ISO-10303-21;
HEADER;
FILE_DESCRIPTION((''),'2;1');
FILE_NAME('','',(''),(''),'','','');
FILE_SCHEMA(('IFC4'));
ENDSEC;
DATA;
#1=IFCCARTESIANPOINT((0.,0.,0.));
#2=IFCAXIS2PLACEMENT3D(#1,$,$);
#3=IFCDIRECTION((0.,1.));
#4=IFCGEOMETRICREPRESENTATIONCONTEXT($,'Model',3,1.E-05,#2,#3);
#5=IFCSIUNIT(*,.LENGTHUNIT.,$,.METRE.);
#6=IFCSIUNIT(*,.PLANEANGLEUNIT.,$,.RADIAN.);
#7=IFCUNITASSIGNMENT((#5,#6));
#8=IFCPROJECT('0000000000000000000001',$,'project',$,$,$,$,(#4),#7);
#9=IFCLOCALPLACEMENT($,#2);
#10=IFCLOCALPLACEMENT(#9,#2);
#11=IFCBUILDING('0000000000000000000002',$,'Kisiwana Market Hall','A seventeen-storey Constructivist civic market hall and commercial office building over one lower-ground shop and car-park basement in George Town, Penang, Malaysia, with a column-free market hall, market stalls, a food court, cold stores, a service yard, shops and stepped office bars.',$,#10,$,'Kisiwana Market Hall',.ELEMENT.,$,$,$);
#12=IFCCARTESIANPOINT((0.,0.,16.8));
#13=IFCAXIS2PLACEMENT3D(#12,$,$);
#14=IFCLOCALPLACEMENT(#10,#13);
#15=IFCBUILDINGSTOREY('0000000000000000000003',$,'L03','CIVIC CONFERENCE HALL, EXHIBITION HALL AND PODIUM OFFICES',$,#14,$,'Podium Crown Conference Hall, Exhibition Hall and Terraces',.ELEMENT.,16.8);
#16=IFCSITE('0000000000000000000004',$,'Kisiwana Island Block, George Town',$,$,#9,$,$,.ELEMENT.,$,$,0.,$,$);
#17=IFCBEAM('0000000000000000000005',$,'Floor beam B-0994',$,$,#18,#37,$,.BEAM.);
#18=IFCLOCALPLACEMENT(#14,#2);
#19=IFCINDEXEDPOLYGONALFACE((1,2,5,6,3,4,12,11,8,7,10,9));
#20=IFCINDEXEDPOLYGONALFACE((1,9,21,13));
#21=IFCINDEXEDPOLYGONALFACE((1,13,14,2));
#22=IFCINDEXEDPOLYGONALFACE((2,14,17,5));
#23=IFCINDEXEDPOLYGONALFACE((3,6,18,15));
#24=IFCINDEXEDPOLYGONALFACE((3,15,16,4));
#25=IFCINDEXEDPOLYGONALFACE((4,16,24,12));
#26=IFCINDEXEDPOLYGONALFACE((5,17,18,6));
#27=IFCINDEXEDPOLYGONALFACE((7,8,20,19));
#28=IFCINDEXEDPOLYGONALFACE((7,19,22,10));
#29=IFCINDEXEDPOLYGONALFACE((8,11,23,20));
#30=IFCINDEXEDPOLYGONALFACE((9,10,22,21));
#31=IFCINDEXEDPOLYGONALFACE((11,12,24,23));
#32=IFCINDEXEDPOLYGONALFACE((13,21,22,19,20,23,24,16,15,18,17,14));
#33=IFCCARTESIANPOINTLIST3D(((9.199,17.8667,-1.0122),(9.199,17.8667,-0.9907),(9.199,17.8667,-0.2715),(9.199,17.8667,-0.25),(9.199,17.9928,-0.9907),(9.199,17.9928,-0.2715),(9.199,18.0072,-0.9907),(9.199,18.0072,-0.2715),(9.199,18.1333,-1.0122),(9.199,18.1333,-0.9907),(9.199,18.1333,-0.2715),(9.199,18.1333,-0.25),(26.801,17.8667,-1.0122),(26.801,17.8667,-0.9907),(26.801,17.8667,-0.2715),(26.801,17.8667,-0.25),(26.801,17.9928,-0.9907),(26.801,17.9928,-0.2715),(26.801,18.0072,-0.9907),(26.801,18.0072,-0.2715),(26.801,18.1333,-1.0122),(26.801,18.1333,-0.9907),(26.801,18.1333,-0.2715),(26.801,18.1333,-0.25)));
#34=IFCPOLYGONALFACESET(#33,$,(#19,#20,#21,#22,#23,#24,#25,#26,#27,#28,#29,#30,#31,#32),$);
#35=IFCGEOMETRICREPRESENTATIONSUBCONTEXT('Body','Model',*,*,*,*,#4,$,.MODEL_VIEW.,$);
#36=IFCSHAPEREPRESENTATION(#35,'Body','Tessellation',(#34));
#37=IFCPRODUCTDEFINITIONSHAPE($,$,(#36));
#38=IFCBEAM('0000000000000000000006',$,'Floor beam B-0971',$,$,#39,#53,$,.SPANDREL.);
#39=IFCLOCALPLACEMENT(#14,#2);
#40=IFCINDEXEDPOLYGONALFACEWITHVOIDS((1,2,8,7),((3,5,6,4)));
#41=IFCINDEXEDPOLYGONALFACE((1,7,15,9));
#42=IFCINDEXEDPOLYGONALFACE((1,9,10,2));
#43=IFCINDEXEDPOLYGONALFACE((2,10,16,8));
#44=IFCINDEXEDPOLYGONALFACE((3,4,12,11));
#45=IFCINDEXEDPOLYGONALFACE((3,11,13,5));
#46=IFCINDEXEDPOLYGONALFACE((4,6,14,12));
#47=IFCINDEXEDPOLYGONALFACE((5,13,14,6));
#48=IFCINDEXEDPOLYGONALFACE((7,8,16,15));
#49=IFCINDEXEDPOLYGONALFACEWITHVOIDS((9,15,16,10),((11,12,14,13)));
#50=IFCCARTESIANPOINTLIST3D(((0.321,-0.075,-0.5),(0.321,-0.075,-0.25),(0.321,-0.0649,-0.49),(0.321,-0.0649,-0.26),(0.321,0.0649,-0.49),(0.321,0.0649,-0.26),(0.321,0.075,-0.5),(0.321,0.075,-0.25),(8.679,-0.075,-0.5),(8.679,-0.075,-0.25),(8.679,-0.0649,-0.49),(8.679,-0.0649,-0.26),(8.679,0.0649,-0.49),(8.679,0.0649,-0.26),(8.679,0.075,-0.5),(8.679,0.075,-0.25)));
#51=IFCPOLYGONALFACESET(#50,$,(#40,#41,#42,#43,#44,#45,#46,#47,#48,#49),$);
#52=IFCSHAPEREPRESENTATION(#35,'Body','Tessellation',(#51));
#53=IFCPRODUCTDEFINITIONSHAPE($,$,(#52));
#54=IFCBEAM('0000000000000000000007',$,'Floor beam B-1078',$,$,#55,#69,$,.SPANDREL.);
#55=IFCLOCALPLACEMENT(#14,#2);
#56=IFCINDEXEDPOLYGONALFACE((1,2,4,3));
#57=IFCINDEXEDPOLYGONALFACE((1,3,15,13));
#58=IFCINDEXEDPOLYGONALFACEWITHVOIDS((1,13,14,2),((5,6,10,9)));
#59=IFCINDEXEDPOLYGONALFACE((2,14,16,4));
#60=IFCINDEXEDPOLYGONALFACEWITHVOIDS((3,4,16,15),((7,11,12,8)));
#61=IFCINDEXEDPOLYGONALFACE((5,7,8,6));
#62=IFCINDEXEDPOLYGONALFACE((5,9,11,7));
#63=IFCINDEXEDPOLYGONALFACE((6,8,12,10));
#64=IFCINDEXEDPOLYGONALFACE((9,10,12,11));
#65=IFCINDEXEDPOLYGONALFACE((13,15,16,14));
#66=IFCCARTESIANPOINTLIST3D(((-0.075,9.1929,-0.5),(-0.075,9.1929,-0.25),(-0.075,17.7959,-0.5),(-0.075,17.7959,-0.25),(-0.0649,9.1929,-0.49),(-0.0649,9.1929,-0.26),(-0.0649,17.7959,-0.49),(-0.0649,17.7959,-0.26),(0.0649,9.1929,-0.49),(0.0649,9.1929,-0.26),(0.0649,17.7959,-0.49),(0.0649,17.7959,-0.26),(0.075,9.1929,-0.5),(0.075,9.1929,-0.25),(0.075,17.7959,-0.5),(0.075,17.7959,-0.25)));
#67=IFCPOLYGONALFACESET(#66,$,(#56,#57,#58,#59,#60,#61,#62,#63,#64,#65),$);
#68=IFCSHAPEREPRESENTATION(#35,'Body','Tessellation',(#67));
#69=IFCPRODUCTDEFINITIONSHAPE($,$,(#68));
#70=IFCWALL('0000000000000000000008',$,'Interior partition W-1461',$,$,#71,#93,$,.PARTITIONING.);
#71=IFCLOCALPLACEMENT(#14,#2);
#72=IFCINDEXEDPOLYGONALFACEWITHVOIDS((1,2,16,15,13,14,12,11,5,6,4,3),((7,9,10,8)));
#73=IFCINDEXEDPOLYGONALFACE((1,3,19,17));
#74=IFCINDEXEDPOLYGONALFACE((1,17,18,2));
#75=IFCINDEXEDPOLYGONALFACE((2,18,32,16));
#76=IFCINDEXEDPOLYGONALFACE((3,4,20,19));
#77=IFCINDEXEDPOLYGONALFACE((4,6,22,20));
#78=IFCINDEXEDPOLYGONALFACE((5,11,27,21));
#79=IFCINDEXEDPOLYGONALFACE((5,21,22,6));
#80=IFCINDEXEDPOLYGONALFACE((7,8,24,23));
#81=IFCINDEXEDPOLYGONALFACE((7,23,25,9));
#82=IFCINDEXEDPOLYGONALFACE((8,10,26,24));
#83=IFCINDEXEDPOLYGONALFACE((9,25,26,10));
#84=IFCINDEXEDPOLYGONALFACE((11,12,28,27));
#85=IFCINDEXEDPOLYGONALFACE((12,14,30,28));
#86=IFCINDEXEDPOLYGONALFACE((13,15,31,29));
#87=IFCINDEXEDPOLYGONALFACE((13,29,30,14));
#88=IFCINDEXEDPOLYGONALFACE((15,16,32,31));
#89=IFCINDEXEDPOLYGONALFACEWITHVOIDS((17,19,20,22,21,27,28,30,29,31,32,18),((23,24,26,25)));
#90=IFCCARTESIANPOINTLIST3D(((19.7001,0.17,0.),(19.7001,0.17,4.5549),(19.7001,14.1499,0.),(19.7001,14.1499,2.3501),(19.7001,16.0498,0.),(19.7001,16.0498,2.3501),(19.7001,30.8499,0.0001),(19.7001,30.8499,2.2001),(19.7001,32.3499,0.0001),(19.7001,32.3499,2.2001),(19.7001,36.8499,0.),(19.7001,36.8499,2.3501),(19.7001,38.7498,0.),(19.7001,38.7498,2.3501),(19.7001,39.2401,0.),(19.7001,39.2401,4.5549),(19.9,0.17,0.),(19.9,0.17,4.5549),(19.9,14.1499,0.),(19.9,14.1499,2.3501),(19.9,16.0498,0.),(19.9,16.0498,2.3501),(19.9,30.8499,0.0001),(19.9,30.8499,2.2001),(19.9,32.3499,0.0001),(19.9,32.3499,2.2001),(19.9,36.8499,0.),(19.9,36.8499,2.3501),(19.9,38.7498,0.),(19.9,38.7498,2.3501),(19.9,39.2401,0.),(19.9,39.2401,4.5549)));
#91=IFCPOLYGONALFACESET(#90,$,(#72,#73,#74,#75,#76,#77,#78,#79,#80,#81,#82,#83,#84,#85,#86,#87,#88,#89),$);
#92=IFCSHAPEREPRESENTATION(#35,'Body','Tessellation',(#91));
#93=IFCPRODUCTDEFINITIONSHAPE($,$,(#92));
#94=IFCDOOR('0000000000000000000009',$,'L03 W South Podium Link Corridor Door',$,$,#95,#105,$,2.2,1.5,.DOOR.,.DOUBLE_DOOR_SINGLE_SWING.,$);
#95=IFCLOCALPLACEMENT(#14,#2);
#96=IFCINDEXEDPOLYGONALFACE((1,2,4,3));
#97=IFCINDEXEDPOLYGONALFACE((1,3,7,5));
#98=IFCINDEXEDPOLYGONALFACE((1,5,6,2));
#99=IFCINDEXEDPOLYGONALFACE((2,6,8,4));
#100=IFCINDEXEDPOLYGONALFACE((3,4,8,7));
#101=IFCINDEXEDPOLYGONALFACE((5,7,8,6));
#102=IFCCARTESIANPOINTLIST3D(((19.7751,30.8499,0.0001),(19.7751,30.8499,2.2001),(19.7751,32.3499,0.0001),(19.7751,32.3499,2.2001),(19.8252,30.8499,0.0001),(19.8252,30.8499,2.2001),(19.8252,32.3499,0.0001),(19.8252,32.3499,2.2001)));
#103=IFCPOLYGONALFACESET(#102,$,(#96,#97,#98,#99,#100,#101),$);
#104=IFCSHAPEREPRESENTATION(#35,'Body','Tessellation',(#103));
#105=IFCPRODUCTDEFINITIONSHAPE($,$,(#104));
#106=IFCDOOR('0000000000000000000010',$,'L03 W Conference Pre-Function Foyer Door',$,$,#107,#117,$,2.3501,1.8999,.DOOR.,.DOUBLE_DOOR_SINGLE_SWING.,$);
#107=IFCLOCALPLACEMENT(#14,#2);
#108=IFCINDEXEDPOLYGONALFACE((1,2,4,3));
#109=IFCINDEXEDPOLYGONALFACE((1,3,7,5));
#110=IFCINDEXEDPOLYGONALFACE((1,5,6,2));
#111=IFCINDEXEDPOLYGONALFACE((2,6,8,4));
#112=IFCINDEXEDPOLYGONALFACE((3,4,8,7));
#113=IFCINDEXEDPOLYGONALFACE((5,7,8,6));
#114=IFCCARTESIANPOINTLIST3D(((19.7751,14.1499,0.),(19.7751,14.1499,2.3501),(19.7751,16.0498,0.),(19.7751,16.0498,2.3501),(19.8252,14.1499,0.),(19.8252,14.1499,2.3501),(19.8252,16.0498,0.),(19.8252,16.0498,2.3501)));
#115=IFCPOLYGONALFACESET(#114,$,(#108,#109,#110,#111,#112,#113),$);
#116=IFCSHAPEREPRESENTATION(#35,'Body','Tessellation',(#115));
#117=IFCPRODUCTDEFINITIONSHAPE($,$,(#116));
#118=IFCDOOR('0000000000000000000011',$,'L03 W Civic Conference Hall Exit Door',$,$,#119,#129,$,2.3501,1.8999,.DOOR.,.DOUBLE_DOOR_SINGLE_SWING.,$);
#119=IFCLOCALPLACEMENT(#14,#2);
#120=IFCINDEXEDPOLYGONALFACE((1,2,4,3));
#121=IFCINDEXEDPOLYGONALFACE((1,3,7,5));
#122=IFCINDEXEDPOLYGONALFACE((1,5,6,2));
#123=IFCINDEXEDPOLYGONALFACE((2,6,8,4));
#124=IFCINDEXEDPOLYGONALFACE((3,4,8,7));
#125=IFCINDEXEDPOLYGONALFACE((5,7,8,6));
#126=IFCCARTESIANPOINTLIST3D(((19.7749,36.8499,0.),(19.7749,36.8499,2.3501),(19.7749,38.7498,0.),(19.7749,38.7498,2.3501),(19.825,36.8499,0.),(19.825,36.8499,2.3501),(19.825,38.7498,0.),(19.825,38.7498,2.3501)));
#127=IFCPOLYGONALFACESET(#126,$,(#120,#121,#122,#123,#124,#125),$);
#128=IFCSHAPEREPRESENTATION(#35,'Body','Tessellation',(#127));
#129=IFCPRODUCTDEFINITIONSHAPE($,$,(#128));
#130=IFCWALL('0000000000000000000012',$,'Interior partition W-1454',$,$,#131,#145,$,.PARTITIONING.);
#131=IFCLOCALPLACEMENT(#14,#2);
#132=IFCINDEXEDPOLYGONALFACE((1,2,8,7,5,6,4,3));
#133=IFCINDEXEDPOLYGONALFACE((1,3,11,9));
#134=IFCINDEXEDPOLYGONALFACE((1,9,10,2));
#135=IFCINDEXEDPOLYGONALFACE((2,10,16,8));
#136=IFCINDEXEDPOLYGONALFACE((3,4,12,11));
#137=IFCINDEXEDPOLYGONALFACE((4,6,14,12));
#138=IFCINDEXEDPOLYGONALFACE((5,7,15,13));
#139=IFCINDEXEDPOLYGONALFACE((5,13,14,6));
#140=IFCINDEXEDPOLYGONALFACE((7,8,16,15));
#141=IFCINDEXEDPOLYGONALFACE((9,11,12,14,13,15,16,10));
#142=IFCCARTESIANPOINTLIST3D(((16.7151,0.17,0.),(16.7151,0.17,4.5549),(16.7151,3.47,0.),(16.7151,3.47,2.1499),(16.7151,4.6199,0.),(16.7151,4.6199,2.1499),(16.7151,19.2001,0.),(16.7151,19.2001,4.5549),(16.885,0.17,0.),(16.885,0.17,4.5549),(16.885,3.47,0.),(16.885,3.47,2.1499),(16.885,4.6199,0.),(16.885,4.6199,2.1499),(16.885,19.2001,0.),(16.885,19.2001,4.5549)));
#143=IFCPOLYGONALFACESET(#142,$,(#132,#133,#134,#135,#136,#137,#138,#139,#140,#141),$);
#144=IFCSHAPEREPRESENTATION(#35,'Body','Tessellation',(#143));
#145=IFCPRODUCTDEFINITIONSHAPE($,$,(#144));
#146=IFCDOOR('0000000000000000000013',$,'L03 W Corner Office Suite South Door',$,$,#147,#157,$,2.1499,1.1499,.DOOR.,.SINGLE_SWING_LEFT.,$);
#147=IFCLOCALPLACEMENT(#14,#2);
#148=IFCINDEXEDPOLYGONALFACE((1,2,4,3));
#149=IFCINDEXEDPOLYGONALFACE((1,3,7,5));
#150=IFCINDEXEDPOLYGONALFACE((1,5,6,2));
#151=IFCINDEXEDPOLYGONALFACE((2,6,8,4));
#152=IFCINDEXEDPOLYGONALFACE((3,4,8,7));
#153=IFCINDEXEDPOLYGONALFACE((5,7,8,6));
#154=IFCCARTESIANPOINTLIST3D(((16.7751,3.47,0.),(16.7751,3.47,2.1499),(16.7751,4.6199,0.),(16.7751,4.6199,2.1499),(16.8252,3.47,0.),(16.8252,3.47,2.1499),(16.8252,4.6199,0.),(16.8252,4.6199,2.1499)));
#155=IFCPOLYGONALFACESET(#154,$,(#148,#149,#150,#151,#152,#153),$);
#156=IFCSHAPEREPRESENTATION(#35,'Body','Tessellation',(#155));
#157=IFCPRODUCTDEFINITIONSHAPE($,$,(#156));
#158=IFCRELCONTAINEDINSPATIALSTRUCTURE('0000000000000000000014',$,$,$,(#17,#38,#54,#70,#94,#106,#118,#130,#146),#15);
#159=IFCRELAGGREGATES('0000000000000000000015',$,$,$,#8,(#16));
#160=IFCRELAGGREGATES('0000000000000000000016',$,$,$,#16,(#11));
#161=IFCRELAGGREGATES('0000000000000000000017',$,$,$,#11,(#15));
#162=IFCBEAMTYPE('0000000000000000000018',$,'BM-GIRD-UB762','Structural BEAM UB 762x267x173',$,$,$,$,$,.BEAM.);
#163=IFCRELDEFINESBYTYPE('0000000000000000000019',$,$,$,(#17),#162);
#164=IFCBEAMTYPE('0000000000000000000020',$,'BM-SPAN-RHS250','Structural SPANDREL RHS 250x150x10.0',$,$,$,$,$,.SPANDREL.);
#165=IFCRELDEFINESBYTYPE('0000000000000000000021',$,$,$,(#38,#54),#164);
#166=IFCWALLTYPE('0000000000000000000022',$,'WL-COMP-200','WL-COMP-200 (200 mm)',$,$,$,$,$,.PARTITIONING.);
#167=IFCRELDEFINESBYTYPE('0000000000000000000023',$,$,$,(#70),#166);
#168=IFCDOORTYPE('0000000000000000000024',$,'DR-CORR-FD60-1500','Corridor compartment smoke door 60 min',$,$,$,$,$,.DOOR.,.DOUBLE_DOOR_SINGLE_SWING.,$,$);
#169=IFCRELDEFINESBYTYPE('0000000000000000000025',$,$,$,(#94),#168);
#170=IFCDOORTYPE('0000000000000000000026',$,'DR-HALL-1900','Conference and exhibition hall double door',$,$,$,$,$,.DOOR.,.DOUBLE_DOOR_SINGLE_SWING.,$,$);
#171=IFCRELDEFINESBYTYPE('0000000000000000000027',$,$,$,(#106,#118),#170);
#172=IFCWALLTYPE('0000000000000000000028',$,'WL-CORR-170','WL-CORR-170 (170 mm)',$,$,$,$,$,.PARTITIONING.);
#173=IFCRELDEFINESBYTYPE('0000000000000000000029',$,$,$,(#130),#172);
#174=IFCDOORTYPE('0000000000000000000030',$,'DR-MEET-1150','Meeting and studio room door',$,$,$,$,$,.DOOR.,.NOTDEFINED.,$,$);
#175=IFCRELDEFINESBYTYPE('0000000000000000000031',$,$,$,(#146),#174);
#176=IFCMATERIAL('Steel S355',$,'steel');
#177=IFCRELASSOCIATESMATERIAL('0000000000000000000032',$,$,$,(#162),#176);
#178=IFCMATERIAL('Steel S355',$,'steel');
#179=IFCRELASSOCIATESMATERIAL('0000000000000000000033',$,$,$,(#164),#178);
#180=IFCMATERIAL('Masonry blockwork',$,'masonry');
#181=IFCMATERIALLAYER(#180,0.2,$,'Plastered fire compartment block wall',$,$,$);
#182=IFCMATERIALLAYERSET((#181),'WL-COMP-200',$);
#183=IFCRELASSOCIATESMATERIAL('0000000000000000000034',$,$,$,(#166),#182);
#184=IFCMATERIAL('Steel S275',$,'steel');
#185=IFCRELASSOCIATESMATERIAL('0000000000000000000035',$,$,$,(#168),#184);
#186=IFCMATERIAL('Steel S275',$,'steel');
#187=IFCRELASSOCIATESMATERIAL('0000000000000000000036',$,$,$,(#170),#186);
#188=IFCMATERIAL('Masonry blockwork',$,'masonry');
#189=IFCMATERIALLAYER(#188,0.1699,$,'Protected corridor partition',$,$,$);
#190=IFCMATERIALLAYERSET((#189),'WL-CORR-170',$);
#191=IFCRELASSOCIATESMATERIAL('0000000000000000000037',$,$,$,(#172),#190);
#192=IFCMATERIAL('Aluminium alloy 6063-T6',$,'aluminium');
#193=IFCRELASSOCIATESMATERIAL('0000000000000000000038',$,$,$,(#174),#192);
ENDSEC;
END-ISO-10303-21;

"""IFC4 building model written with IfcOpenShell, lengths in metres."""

from ifc_helpers import new_model, si_unit, direction, frame, frame_2d, origin, origin_2d, place, context, subcontext, project, spatial, rectangle, hollow_rectangle, i_section, extrude, material, layer, layer_set, material_profile, profile_set, type_object, element, fill, save


model = new_model("IFC4")

# Units and contexts
model_context = context("Model", 3, precision=1e-05, world=origin(), true_north=direction((0.0, 1.0)))
body_context = subcontext(model_context, "Body", "Model", "MODEL_VIEW")
ifc_project = project(units=[si_unit("LENGTHUNIT", "METRE"), si_unit("PLANEANGLEUNIT", "RADIAN")], contexts=[model_context])

# Site, building, storey
site_placement = place(None, origin())
site = spatial("IfcSite", under=ifc_project, at=site_placement, Name="Kisiwana Island Block, George Town", CompositionType="ELEMENT", RefElevation=0.0)
building_placement = place(site_placement, origin())
building = spatial("IfcBuilding", under=site, at=building_placement, Name="Kisiwana Market Hall", Description="A seventeen-storey Constructivist civic market hall and commercial office building over one lower-ground shop and car-park basement in George Town, Penang, Malaysia, with a column-free market hall, market stalls, a food court, cold stores, a service yard, shops and stepped office bars.", LongName="Kisiwana Market Hall", CompositionType="ELEMENT")
storey_placement = place(building_placement, frame((0.0, 0.0, 16.8)))
storey = spatial("IfcBuildingStorey", under=building, at=storey_placement, Name="L03", Description="CIVIC CONFERENCE HALL, EXHIBITION HALL AND PODIUM OFFICES", LongName="Podium Crown Conference Hall, Exhibition Hall and Terraces", CompositionType="ELEMENT", Elevation=16.8)

# Beams
ifc_material_1 = material(Name="Steel S355", Category="steel")
ifc_material_profile_1 = material_profile(ifc_material_1, i_section(OverallWidth=0.2666, OverallDepth=0.7622, WebThickness=0.0144, FlangeThickness=0.0215, at=origin_2d()), Name="UB 762x267x173")
ifc_profile_set_1 = profile_set([ifc_material_profile_1], Name="Steel S355")
beam_type_1 = type_object("IfcBeamType", Name="BM-GIRD-UB762", Description="Structural BEAM UB 762x267x173", PredefinedType="BEAM", material=ifc_profile_set_1)
beam_1_placement = place(storey_placement, frame((9.199, 18.0, -0.6311), z_axis=(1.0, 0.0, 0.0), x_axis=(0.0, 1.0, 0.0)))
element("IfcBeam", 1, at=beam_1_placement, inside=storey, type_object=beam_type_1, Name="Floor beam B-0994", PredefinedType="BEAM", context=body_context, shape_type="SweptSolid", body=[
    extrude(i_section(OverallWidth=0.2666, OverallDepth=0.7622, WebThickness=0.0144, FlangeThickness=0.0215, at=origin_2d()), origin(), (0.0, 0.0, 1.0), 17.6021),
])
ifc_material_2 = material(Name="Steel S355", Category="steel")
ifc_material_profile_2 = material_profile(ifc_material_2, hollow_rectangle(XDim=0.1499, YDim=0.25, WallThickness=0.01, at=origin_2d()), Name="RHS 250x150x10.0")
ifc_profile_set_2 = profile_set([ifc_material_profile_2], Name="Steel S355")
beam_type_2 = type_object("IfcBeamType", Name="BM-SPAN-RHS250", Description="Structural SPANDREL RHS 250x150x10.0", PredefinedType="SPANDREL", material=ifc_profile_set_2)
beam_2_placement = place(storey_placement, frame((0.321, 0.0, -0.375), z_axis=(1.0, 0.0, 0.0), x_axis=(0.0, 1.0, 0.0)))
element("IfcBeam", 2, at=beam_2_placement, inside=storey, type_object=beam_type_2, Name="Floor beam B-0971", PredefinedType="SPANDREL", context=body_context, shape_type="SweptSolid", body=[
    extrude(hollow_rectangle(XDim=0.1499, YDim=0.25, WallThickness=0.01, at=origin_2d()), origin(), (0.0, 0.0, 1.0), 8.3579),
])
beam_3_placement = place(storey_placement, frame((0.0, 9.1929, -0.375), z_axis=(0.0, 1.0, 0.0), x_axis=(-1.0, 0.0, 0.0)))
element("IfcBeam", 3, at=beam_3_placement, inside=storey, type_object=beam_type_2, Name="Floor beam B-1078", PredefinedType="SPANDREL", context=body_context, shape_type="SweptSolid", body=[
    extrude(hollow_rectangle(XDim=0.1499, YDim=0.25, WallThickness=0.01, at=origin_2d()), origin(), (0.0, 0.0, 1.0), 8.603),
])

# Wall, openings, doors
ifc_material_3 = material(Name="Masonry blockwork", Category="masonry")
ifc_layer_1 = layer(ifc_material_3, 0.2, Name="Plastered fire compartment block wall")
ifc_layer_set_1 = layer_set([ifc_layer_1], Name="WL-COMP-200")
wall_type_1 = type_object("IfcWallType", Name="WL-COMP-200", Description="WL-COMP-200 (200 mm)", PredefinedType="PARTITIONING", material=ifc_layer_set_1)
wall_1_placement = place(storey_placement, frame((19.8, 0.1699, 0.0), z_axis=(0.0, 0.0, 1.0), x_axis=(0.0, 1.0, 0.0)))
wall_1 = element("IfcWall", 4, at=wall_1_placement, inside=storey, type_object=wall_type_1, Name="Interior partition W-1461", PredefinedType="PARTITIONING", context=body_context, shape_type="SweptSolid", body=[
    extrude(rectangle(XDim=39.0701, YDim=0.2, at=frame_2d((19.5352, 0.0))), origin(), (0.0, 0.0, 1.0), 4.5549),
])
opening_1_placement = place(wall_1_placement, frame((13.98, 0.0, 0.0)))
opening_1 = element("IfcOpeningElement", 5, at=opening_1_placement, cuts=wall_1, PredefinedType="OPENING", context=body_context, shape_type="SweptSolid", body=[
    extrude(rectangle(XDim=1.8999, YDim=2.3501, at=frame_2d((0.95, 1.175))), frame((0.0, 0.1118, 0.0), z_axis=(0.0, -1.0, 0.0), x_axis=(1.0, 0.0, 0.0)), (0.0, 0.0, 1.0), 0.2239),
])
opening_2_placement = place(wall_1_placement, frame((30.6799, 0.0, 0.0)))
opening_2 = element("IfcOpeningElement", 6, at=opening_2_placement, cuts=wall_1, PredefinedType="OPENING", context=body_context, shape_type="SweptSolid", body=[
    extrude(rectangle(XDim=1.5, YDim=2.2, at=frame_2d((0.75, 1.1001))), frame((0.0, 0.1118, 0.0), z_axis=(0.0, -1.0, 0.0), x_axis=(1.0, 0.0, 0.0)), (0.0, 0.0, 1.0), 0.2239),
])
opening_3_placement = place(wall_1_placement, frame((36.6799, 0.0, 0.0)))
opening_3 = element("IfcOpeningElement", 7, at=opening_3_placement, cuts=wall_1, PredefinedType="OPENING", context=body_context, shape_type="SweptSolid", body=[
    extrude(rectangle(XDim=1.8999, YDim=2.3501, at=frame_2d((0.95, 1.175))), frame((0.0, 0.1118, 0.0), z_axis=(0.0, -1.0, 0.0), x_axis=(1.0, 0.0, 0.0)), (0.0, 0.0, 1.0), 0.2239),
])
ifc_material_4 = material(Name="Steel S275", Category="steel")
door_type_1 = type_object("IfcDoorType", Name="DR-CORR-FD60-1500", Description="Corridor compartment smoke door 60 min", OperationType="DOUBLE_DOOR_SINGLE_SWING", PredefinedType="DOOR", material=ifc_material_4)
door_1_placement = place(opening_2_placement, origin())
door_1 = element("IfcDoor", 8, at=door_1_placement, inside=storey, type_object=door_type_1, Name="L03 W South Podium Link Corridor Door", OperationType="DOUBLE_DOOR_SINGLE_SWING", OverallHeight=2.2, OverallWidth=1.5, PredefinedType="DOOR", context=body_context, shape_type="SweptSolid", body=[
    extrude(rectangle(XDim=1.5, YDim=2.2, at=frame_2d((0.75, 1.1001))), frame((0.0, 0.0249, 0.0), z_axis=(0.0, -1.0, 0.0), x_axis=(1.0, 0.0, 0.0)), (0.0, 0.0, 1.0), 0.05),
])
fill(opening_2, door_1)
ifc_material_5 = material(Name="Steel S275", Category="steel")
door_type_2 = type_object("IfcDoorType", Name="DR-HALL-1900", Description="Conference and exhibition hall double door", OperationType="DOUBLE_DOOR_SINGLE_SWING", PredefinedType="DOOR", material=ifc_material_5)
door_2_placement = place(opening_1_placement, origin())
door_2 = element("IfcDoor", 9, at=door_2_placement, inside=storey, type_object=door_type_2, Name="L03 W Conference Pre-Function Foyer Door", OperationType="DOUBLE_DOOR_SINGLE_SWING", OverallHeight=2.3501, OverallWidth=1.8999, PredefinedType="DOOR", context=body_context, shape_type="SweptSolid", body=[
    extrude(rectangle(XDim=1.8999, YDim=2.3501, at=frame_2d((0.95, 1.175))), frame((0.0, 0.0249, 0.0), z_axis=(0.0, -1.0, 0.0), x_axis=(1.0, 0.0, 0.0)), (0.0, 0.0, 1.0), 0.05),
])
fill(opening_1, door_2)
door_3_placement = place(opening_3_placement, frame((1.8999, 0.0, 0.0), z_axis=(0.0, 0.0, 1.0), x_axis=(-1.0, 0.0, 0.0)))
door_3 = element("IfcDoor", 10, at=door_3_placement, inside=storey, type_object=door_type_2, Name="L03 W Civic Conference Hall Exit Door", OperationType="DOUBLE_DOOR_SINGLE_SWING", OverallHeight=2.3501, OverallWidth=1.8999, PredefinedType="DOOR", context=body_context, shape_type="SweptSolid", body=[
    extrude(rectangle(XDim=1.8999, YDim=2.3501, at=frame_2d((0.95, 1.175))), frame((0.0, 0.0249, 0.0), z_axis=(0.0, -1.0, 0.0), x_axis=(1.0, 0.0, 0.0)), (0.0, 0.0, 1.0), 0.05),
])
fill(opening_3, door_3)

# Wall, opening, door
ifc_material_6 = material(Name="Masonry blockwork", Category="masonry")
ifc_layer_2 = layer(ifc_material_6, 0.1699, Name="Protected corridor partition")
ifc_layer_set_2 = layer_set([ifc_layer_2], Name="WL-CORR-170")
wall_type_2 = type_object("IfcWallType", Name="WL-CORR-170", Description="WL-CORR-170 (170 mm)", PredefinedType="PARTITIONING", material=ifc_layer_set_2)
wall_2_placement = place(storey_placement, frame((16.8, 0.1699, 0.0), z_axis=(0.0, 0.0, 1.0), x_axis=(0.0, 1.0, 0.0)))
wall_2 = element("IfcWall", 11, at=wall_2_placement, inside=storey, type_object=wall_type_2, Name="Interior partition W-1454", PredefinedType="PARTITIONING", context=body_context, shape_type="SweptSolid", body=[
    extrude(rectangle(XDim=19.03, YDim=0.1699, at=frame_2d((9.5151, 0.0))), origin(), (0.0, 0.0, 1.0), 4.5549),
])
opening_4_placement = place(wall_2_placement, frame((3.3, 0.0, 0.0)))
opening_4 = element("IfcOpeningElement", 12, at=opening_4_placement, cuts=wall_2, PredefinedType="OPENING", context=body_context, shape_type="SweptSolid", body=[
    extrude(rectangle(XDim=1.1499, YDim=2.1499, at=frame_2d((0.575, 1.075))), frame((0.0, 0.0969, 0.0), z_axis=(0.0, -1.0, 0.0), x_axis=(1.0, 0.0, 0.0)), (0.0, 0.0, 1.0), 0.1938),
])
ifc_material_7 = material(Name="Aluminium alloy 6063-T6", Category="aluminium")
door_type_3 = type_object("IfcDoorType", Name="DR-MEET-1150", Description="Meeting and studio room door", OperationType="NOTDEFINED", PredefinedType="DOOR", material=ifc_material_7)
door_4_placement = place(opening_4_placement, origin())
door_4 = element("IfcDoor", 13, at=door_4_placement, inside=storey, type_object=door_type_3, Name="L03 W Corner Office Suite South Door", OperationType="SINGLE_SWING_LEFT", OverallHeight=2.1499, OverallWidth=1.1499, PredefinedType="DOOR", context=body_context, shape_type="SweptSolid", body=[
    extrude(rectangle(XDim=1.1499, YDim=2.1499, at=frame_2d((0.575, 1.075))), frame((0.0, 0.0249, 0.0), z_axis=(0.0, -1.0, 0.0), x_axis=(1.0, 0.0, 0.0)), (0.0, 0.0, 1.0), 0.05),
])
fill(opening_4, door_4)

save(model, "model.ifc")
